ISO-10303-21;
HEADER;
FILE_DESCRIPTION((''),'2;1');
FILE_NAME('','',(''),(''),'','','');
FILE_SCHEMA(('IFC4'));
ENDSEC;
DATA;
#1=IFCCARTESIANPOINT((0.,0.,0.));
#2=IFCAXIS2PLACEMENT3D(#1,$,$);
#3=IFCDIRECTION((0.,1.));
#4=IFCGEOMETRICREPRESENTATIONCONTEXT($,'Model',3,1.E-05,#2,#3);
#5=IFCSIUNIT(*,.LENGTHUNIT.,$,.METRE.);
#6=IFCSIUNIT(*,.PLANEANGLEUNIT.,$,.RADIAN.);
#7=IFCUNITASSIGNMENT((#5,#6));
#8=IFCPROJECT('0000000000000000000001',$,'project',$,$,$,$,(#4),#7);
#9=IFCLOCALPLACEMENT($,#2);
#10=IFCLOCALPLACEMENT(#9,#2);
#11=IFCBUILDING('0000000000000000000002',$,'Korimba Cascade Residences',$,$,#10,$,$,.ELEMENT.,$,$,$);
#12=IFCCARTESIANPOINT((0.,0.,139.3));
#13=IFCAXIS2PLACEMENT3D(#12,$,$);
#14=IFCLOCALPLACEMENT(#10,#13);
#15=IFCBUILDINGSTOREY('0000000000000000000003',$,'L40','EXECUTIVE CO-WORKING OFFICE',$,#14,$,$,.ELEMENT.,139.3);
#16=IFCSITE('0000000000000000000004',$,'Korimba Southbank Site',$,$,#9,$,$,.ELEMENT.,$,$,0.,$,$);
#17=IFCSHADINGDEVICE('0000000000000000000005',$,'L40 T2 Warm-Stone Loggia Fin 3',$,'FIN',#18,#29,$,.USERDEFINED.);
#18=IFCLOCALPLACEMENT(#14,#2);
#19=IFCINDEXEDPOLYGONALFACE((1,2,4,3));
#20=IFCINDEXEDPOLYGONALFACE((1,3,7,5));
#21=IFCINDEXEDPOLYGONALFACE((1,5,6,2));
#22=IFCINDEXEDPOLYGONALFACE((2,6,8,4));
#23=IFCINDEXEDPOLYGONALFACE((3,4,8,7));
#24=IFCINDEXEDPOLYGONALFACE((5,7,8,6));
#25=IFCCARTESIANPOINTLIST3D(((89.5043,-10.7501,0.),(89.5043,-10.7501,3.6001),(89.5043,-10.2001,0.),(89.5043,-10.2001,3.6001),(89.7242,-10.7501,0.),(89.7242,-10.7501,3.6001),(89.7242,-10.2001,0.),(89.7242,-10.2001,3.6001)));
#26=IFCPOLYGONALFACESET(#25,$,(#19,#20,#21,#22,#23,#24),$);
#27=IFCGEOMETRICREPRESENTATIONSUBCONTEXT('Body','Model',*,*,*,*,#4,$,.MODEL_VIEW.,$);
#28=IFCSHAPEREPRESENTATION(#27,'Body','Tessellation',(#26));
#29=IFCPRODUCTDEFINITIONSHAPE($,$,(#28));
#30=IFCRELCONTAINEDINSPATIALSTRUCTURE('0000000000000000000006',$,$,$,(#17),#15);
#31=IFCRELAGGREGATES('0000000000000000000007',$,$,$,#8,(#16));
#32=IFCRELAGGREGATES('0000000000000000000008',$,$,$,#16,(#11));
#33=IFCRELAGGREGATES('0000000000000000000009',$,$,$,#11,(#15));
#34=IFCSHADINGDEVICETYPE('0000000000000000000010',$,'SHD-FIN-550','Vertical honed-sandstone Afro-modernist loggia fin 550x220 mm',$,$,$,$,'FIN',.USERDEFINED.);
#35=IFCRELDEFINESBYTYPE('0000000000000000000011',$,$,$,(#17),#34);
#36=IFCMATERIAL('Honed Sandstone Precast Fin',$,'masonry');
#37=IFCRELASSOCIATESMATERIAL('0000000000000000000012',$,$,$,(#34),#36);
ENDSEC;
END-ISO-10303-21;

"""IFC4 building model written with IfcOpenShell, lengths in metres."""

from ifc_helpers import new_model, si_unit, direction, frame, origin, origin_2d, place, context, subcontext, project, spatial, rectangle, extrude, material, type_object, element, save


model = new_model("IFC4")

# Units and contexts
model_context = context("Model", 3, precision=1e-05, world=origin(), true_north=direction((0.0, 1.0)))
body_context = subcontext(model_context, "Body", "Model", "MODEL_VIEW")
ifc_project = project(units=[si_unit("LENGTHUNIT", "METRE"), si_unit("PLANEANGLEUNIT", "RADIAN")], contexts=[model_context])

# Site, building, storey
site_placement = place(None, origin())
site = spatial("IfcSite", under=ifc_project, at=site_placement, Name="Korimba Southbank Site", CompositionType="ELEMENT", RefElevation=0.0)
building_placement = place(site_placement, origin())
building = spatial("IfcBuilding", under=site, at=building_placement, Name="Korimba Cascade Residences", CompositionType="ELEMENT")
storey_placement = place(building_placement, frame((0.0, 0.0, 139.3)))
storey = spatial("IfcBuildingStorey", under=building, at=storey_placement, Name="L40", Description="EXECUTIVE CO-WORKING OFFICE", CompositionType="ELEMENT", Elevation=139.3)

# Shading device
ifc_material_1 = material(Name="Honed Sandstone Precast Fin", Category="masonry")
shading_device_type = type_object("IfcShadingDeviceType", Name="SHD-FIN-550", Description="Vertical honed-sandstone Afro-modernist loggia fin 550x220 mm", ElementType="FIN", PredefinedType="USERDEFINED", material=ifc_material_1)
shading_device_placement = place(storey_placement, frame((89.6143, -10.4751, 0.0), z_axis=(0.0, 0.0, 1.0), x_axis=(1.0, 0.0, 0.0)))
element("IfcShadingDevice", 1, at=shading_device_placement, inside=storey, type_object=shading_device_type, Name="L40 T2 Warm-Stone Loggia Fin 3", ObjectType="FIN", PredefinedType="USERDEFINED", context=body_context, shape_type="SweptSolid", body=[
    extrude(rectangle(XDim=0.22, YDim=0.55, at=origin_2d()), origin(), (0.0, 0.0, 1.0), 3.6001),
])

save(model, "model.ifc")
